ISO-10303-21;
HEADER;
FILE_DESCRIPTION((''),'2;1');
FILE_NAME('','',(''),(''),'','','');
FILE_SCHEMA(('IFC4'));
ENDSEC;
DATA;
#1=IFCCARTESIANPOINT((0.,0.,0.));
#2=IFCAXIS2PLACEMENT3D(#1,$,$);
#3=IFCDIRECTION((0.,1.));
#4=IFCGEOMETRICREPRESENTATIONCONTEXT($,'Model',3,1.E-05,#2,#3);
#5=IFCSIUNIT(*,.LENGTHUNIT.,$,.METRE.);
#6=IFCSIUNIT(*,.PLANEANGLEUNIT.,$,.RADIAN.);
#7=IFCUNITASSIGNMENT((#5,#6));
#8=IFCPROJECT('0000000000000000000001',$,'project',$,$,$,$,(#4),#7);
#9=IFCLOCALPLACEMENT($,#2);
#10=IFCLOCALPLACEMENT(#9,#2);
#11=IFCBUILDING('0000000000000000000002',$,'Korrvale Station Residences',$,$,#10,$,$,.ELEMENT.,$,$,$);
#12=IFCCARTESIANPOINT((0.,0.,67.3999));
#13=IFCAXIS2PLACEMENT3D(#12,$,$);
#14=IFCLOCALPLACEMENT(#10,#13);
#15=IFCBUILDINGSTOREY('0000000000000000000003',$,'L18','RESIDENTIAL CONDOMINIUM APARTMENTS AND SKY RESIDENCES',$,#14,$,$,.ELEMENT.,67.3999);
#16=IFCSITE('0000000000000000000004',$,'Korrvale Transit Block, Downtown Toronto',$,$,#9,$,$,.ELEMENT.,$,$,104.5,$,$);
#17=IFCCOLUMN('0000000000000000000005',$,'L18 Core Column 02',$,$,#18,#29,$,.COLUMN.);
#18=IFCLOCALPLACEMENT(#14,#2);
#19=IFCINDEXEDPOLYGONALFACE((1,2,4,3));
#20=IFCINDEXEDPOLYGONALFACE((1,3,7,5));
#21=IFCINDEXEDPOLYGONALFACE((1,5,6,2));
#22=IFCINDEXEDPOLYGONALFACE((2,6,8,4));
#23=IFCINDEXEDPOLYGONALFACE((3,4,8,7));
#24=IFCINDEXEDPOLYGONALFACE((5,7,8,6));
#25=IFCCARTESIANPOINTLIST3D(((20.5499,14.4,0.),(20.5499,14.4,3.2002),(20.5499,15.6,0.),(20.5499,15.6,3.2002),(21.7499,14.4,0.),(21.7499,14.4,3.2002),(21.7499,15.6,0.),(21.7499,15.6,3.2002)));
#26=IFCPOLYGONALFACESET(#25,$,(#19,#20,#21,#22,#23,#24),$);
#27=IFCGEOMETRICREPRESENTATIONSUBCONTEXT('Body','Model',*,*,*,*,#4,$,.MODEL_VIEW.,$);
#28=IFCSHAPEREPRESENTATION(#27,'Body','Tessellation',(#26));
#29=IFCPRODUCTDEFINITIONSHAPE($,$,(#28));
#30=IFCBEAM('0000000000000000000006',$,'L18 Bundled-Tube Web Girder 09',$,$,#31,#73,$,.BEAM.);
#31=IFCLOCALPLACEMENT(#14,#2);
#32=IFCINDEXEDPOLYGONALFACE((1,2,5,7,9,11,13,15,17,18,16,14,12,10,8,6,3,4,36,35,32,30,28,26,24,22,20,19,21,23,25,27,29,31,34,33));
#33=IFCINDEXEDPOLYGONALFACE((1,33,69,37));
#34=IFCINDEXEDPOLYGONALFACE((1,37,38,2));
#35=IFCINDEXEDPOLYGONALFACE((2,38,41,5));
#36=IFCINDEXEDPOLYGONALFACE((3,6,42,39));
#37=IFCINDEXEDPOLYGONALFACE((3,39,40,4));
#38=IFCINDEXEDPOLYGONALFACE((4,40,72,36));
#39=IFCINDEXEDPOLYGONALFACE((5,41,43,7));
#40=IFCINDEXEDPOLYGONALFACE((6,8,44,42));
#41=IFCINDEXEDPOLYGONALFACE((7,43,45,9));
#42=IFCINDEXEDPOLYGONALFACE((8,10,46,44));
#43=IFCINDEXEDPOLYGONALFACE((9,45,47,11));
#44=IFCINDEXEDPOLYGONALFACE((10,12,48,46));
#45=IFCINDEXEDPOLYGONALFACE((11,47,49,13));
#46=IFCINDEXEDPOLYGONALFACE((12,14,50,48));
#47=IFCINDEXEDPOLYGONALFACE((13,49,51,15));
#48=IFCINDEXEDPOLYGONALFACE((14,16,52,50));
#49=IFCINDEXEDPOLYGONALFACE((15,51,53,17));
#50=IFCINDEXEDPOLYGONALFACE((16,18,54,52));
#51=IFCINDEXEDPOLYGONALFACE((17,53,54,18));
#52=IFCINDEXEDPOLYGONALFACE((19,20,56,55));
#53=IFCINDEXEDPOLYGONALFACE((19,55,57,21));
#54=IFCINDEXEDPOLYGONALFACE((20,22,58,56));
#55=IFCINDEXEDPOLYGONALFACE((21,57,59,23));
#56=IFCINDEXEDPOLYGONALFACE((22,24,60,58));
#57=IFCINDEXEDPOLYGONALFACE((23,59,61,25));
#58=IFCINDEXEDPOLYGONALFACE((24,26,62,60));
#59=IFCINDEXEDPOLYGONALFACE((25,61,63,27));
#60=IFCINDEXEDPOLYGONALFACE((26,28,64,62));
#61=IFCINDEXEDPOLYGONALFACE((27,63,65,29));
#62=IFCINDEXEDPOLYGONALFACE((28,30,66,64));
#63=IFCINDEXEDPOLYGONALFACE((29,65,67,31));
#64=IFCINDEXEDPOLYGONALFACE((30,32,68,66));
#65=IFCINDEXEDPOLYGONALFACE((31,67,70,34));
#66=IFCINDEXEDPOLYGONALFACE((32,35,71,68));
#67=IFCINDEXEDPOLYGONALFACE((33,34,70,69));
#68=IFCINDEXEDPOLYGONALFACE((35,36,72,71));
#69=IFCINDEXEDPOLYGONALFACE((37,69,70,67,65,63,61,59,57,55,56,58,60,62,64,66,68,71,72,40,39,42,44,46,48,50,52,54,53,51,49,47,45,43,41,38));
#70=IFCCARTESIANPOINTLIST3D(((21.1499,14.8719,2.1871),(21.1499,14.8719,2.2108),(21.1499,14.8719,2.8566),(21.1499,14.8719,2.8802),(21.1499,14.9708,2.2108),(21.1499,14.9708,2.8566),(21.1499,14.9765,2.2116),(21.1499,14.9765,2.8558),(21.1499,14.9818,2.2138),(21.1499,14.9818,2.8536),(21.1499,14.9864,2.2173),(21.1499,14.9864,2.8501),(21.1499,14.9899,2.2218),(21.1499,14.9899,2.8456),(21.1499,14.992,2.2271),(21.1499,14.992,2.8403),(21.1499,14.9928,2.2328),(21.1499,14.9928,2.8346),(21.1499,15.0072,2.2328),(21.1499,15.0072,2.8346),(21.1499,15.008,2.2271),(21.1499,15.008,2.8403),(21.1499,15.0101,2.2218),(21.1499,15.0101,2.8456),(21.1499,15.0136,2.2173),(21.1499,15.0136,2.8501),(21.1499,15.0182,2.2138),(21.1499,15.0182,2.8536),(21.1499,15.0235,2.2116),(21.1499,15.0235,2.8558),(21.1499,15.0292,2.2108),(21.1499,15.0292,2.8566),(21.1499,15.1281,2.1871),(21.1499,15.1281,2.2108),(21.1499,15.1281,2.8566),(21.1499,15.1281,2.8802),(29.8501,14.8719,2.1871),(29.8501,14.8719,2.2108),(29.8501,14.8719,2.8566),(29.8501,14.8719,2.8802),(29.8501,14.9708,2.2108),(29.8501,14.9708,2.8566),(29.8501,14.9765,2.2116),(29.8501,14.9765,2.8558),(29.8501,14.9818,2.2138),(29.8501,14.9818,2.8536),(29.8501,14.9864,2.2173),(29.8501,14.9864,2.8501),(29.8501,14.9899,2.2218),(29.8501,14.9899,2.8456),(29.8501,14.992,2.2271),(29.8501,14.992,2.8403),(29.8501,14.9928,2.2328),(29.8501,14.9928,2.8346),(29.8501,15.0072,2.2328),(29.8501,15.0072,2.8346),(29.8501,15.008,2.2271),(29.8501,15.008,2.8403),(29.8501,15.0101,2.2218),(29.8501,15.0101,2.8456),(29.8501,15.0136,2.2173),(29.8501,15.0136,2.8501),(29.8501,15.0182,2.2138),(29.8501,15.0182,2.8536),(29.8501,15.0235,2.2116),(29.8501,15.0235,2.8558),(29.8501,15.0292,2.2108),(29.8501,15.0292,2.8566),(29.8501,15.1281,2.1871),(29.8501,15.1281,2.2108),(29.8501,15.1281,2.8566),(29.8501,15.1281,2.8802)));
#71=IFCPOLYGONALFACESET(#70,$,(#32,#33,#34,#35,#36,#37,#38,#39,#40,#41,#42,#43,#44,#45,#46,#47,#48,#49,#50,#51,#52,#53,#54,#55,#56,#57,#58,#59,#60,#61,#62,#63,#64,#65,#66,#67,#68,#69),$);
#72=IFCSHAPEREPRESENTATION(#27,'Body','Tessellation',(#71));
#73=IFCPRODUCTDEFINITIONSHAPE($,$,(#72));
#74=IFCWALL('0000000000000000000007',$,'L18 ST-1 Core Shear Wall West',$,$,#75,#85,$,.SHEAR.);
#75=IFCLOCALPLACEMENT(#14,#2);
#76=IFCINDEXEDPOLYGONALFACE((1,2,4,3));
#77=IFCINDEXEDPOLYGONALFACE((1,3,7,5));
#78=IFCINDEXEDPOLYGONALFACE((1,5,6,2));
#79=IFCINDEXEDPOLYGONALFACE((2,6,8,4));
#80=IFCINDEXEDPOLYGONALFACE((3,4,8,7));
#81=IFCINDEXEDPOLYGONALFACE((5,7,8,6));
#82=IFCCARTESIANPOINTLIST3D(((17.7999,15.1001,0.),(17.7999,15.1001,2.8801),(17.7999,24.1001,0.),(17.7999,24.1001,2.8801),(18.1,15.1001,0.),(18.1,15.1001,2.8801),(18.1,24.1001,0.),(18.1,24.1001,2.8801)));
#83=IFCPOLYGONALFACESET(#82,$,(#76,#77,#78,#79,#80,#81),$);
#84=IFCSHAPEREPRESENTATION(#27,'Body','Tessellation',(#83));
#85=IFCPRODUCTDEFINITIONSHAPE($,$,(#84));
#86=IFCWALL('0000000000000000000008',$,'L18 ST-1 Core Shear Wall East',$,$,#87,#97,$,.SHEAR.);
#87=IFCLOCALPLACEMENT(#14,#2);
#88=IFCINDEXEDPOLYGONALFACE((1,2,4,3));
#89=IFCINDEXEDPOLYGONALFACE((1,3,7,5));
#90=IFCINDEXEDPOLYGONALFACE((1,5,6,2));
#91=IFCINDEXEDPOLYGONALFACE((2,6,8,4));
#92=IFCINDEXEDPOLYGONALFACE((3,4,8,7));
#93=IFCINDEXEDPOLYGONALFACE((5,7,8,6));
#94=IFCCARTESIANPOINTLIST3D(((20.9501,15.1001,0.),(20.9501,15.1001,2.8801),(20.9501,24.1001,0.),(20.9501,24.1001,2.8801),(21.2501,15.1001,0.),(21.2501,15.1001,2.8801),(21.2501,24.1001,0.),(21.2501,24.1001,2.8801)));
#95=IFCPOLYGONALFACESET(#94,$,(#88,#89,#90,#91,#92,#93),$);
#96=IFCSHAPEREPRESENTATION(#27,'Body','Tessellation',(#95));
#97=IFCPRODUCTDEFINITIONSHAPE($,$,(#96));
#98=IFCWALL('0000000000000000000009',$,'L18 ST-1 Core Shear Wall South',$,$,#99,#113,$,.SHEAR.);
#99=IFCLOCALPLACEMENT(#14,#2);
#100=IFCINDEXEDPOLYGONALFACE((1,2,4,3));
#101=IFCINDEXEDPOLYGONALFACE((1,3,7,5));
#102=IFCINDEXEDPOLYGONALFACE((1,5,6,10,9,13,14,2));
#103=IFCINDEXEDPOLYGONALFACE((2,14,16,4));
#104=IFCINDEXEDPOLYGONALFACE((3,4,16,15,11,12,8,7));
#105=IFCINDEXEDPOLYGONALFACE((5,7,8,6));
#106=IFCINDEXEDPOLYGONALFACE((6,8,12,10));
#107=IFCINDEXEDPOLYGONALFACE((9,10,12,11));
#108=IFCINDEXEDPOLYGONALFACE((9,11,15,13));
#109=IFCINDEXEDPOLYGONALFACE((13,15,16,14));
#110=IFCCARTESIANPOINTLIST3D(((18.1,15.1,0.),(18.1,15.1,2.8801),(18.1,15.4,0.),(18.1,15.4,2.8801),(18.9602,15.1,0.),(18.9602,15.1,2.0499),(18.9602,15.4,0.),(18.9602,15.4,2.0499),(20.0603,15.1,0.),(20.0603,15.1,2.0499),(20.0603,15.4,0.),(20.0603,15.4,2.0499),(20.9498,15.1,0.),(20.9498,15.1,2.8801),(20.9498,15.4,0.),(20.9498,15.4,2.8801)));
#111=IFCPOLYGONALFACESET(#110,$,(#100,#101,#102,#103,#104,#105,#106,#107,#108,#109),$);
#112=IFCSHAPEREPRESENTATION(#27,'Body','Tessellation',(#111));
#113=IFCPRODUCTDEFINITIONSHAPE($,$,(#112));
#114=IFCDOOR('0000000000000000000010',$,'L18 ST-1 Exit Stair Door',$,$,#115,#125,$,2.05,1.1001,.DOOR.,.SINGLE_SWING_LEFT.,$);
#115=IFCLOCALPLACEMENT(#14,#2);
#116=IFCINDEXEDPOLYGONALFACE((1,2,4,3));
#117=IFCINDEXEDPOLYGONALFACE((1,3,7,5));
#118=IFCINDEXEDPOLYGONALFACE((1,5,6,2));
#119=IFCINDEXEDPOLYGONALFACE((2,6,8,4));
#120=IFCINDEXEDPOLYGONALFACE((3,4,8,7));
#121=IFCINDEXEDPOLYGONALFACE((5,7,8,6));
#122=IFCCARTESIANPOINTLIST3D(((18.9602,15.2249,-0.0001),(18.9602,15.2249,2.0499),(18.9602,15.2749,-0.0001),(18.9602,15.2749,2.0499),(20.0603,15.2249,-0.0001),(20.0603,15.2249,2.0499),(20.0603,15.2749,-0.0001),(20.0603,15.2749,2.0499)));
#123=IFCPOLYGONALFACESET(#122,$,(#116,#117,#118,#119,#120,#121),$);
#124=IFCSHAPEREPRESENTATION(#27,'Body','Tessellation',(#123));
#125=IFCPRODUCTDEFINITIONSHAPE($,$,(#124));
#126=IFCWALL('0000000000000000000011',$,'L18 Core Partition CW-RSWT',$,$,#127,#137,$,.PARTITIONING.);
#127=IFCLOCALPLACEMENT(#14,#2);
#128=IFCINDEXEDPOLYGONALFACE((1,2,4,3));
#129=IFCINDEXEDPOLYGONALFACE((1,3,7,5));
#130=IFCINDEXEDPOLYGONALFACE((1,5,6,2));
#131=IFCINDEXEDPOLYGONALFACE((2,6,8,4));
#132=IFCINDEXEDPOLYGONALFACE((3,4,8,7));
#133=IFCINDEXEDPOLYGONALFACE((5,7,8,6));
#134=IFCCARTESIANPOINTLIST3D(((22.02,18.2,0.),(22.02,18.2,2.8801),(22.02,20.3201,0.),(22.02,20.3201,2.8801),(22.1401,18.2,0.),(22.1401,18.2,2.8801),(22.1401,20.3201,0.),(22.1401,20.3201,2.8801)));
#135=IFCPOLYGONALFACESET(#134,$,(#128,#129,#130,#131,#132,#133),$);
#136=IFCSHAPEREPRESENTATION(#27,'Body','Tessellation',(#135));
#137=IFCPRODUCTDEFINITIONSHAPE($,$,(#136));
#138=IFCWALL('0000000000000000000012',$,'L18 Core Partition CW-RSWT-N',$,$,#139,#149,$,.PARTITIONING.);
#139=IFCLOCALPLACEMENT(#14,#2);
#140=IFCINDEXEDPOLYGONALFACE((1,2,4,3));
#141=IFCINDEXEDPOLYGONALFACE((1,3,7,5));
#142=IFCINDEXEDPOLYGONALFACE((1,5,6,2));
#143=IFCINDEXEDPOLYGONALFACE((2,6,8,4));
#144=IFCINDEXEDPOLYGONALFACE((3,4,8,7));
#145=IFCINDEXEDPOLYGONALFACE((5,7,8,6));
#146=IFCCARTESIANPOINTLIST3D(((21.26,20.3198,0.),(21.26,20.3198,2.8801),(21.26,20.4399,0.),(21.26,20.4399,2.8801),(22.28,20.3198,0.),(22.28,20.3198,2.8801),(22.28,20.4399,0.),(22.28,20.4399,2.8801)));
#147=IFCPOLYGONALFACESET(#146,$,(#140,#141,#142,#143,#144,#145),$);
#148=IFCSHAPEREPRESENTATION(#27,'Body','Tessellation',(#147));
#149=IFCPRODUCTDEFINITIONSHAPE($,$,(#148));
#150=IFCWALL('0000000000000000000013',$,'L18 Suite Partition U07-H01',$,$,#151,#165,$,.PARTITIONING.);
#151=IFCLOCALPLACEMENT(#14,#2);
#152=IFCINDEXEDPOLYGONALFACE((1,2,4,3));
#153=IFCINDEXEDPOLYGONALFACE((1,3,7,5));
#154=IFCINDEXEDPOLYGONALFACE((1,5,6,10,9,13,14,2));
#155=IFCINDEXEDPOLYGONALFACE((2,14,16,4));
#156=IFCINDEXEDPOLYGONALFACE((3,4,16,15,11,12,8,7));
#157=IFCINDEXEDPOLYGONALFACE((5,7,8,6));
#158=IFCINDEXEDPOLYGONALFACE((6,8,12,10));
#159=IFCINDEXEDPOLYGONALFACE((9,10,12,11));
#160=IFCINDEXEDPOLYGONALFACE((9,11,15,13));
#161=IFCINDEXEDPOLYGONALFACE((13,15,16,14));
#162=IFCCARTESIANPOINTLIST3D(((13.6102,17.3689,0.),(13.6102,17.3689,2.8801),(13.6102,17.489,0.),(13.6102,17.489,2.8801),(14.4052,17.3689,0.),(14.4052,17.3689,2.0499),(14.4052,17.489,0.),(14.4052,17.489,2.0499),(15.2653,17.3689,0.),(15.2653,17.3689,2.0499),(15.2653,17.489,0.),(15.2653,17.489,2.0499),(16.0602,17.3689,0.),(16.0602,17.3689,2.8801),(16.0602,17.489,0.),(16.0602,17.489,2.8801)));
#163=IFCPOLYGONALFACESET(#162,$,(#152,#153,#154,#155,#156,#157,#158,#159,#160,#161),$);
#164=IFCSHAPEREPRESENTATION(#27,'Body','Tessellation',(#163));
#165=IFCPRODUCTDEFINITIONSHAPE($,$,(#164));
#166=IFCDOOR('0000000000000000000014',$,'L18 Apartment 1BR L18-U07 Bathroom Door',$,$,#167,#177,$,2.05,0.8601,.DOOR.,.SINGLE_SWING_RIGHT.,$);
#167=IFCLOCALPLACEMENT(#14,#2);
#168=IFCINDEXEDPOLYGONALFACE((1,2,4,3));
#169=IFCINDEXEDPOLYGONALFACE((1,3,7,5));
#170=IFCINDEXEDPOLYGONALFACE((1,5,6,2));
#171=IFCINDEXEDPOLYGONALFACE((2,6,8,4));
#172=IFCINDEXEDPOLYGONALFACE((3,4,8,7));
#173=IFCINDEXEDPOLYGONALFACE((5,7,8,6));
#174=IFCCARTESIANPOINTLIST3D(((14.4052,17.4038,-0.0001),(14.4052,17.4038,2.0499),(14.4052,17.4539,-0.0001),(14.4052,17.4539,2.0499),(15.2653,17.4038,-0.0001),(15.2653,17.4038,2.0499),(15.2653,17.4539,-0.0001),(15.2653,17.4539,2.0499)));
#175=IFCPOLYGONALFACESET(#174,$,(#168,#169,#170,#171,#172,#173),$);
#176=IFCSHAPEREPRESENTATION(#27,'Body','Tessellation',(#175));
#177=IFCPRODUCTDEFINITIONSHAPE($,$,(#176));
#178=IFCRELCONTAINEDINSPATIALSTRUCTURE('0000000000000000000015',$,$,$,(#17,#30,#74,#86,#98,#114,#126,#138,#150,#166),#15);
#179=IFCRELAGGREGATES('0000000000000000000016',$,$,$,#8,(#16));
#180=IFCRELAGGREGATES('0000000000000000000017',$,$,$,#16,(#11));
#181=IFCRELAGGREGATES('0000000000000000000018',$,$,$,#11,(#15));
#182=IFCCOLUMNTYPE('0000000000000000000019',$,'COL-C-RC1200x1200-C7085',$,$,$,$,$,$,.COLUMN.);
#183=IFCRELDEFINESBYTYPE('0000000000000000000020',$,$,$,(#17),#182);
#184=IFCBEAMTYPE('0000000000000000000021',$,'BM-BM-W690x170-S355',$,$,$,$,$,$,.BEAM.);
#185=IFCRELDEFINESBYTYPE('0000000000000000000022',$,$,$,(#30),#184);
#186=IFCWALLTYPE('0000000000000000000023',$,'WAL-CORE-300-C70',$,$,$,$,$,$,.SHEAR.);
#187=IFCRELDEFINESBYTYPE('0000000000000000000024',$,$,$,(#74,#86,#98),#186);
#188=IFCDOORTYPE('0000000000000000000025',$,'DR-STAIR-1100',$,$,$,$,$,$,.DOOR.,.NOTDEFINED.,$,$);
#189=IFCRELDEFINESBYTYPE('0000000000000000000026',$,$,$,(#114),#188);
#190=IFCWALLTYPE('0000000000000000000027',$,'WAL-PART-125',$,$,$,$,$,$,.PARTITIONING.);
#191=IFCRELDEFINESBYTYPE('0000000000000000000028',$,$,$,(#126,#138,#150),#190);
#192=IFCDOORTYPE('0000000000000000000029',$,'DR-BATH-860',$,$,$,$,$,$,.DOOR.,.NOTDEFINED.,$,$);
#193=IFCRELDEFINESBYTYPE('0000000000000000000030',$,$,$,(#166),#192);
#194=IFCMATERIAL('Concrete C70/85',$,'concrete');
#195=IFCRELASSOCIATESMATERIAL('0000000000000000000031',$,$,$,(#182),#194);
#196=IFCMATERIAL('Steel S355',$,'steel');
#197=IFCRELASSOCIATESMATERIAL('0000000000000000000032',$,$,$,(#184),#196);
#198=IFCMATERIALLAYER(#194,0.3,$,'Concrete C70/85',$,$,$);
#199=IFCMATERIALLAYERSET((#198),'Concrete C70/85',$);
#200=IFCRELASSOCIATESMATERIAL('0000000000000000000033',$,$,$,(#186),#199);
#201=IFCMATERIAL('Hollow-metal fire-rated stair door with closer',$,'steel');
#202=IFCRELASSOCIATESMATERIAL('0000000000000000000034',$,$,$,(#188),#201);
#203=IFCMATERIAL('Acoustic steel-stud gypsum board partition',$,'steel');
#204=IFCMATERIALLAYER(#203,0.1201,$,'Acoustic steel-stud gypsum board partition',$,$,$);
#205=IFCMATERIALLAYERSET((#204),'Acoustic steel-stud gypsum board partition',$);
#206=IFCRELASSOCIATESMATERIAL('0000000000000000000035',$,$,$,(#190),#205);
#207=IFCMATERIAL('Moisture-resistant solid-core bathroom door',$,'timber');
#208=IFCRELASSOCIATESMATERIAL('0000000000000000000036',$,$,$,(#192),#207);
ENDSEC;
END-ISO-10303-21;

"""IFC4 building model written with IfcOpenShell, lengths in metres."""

from ifc_helpers import new_model, si_unit, direction, frame, frame_2d, origin, origin_2d, place, context, subcontext, project, spatial, rectangle, i_section, extrude, material, layer, layer_set, material_profile, profile_set, type_object, element, fill, save


model = new_model("IFC4")

# Units and contexts
model_context = context("Model", 3, precision=1e-05, world=origin(), true_north=direction((0.0, 1.0)))
body_context = subcontext(model_context, "Body", "Model", "MODEL_VIEW")
ifc_project = project(units=[si_unit("LENGTHUNIT", "METRE"), si_unit("PLANEANGLEUNIT", "RADIAN")], contexts=[model_context])

# Site, building, storey
site_placement = place(None, origin())
site = spatial("IfcSite", under=ifc_project, at=site_placement, Name="Korrvale Transit Block, Downtown Toronto", CompositionType="ELEMENT", RefElevation=104.5)
building_placement = place(site_placement, origin())
building = spatial("IfcBuilding", under=site, at=building_placement, Name="Korrvale Station Residences", CompositionType="ELEMENT")
storey_placement = place(building_placement, frame((0.0, 0.0, 67.3999)))
storey = spatial("IfcBuildingStorey", under=building, at=storey_placement, Name="L18", Description="RESIDENTIAL CONDOMINIUM APARTMENTS AND SKY RESIDENCES", CompositionType="ELEMENT", Elevation=67.3999)

# Column
ifc_material_1 = material(Name="Concrete C70/85", Category="concrete")
ifc_material_profile_1 = material_profile(ifc_material_1, rectangle(XDim=1.2, YDim=1.2, at=origin_2d()), Name="RC1200x1200")
ifc_profile_set_1 = profile_set([ifc_material_profile_1], Name="Concrete C70/85")
column_type = type_object("IfcColumnType", Name="COL-C-RC1200x1200-C7085", PredefinedType="COLUMN", material=ifc_profile_set_1)
column_placement = place(storey_placement, frame((21.1499, 15.0, 0.0), z_axis=(0.0, 0.0, 1.0), x_axis=(1.0, 0.0, 0.0)))
element("IfcColumn", 1, at=column_placement, inside=storey, type_object=column_type, Name="L18 Core Column 02", PredefinedType="COLUMN", context=body_context, shape_type="SweptSolid", body=[
    extrude(rectangle(XDim=1.2, YDim=1.2, at=origin_2d()), origin(), (0.0, 0.0, 1.0), 3.2002),
])

# Beam
ifc_material_2 = material(Name="Steel S355", Category="steel")
ifc_material_profile_2 = material_profile(ifc_material_2, i_section(OverallWidth=0.2561, OverallDepth=0.6931, WebThickness=0.0144, FlangeThickness=0.0237, FilletRadius=0.022, at=origin_2d()), Name="W690x170")
ifc_profile_set_2 = profile_set([ifc_material_profile_2], Name="Steel S355")
beam_type = type_object("IfcBeamType", Name="BM-BM-W690x170-S355", PredefinedType="BEAM", material=ifc_profile_set_2)
beam_placement = place(storey_placement, frame((21.1499, 15.0, 2.5337), z_axis=(1.0, 0.0, 0.0), x_axis=(0.0, 1.0, 0.0)))
element("IfcBeam", 2, at=beam_placement, inside=storey, type_object=beam_type, Name="L18 Bundled-Tube Web Girder 09", PredefinedType="BEAM", context=body_context, shape_type="SweptSolid", body=[
    extrude(i_section(OverallWidth=0.2561, OverallDepth=0.6931, WebThickness=0.0144, FlangeThickness=0.0237, FilletRadius=0.022, at=origin_2d()), origin(), (0.0, 0.0, 1.0), 8.7002),
])

# Walls
ifc_layer_1 = layer(ifc_material_1, 0.3, Name="Concrete C70/85")
ifc_layer_set_1 = layer_set([ifc_layer_1], Name="Concrete C70/85")
wall_type_1 = type_object("IfcWallType", Name="WAL-CORE-300-C70", PredefinedType="SHEAR", material=ifc_layer_set_1)
for number, where, z_axis, x_axis, name in (
    (3, (17.95, 15.1001, 0.0), (0.0, 0.0, 1.0), (0.0, 1.0, 0.0), "L18 ST-1 Core Shear Wall West"),
    (4, (21.1001, 15.1001, 0.0), (0.0, 0.0, 1.0), (0.0, 1.0, 0.0), "L18 ST-1 Core Shear Wall East"),
):
    element("IfcWall", number, at=place(storey_placement, frame(where, z_axis=z_axis, x_axis=x_axis)), inside=storey, type_object=wall_type_1, Name=name, PredefinedType="SHEAR", context=body_context, shape_type="SweptSolid", body=[
        extrude(rectangle(XDim=9.0, YDim=0.3, at=frame_2d((4.5, 0.0))), origin(), (0.0, 0.0, 1.0), 2.8801),
    ])

# Wall, opening, door
wall_1_placement = place(storey_placement, frame((18.1001, 15.25, 0.0), z_axis=(0.0, 0.0, 1.0), x_axis=(1.0, 0.0, 0.0)))
wall_1 = element("IfcWall", 5, at=wall_1_placement, inside=storey, type_object=wall_type_1, Name="L18 ST-1 Core Shear Wall South", PredefinedType="SHEAR", context=body_context, shape_type="SweptSolid", body=[
    extrude(rectangle(XDim=2.8499, YDim=0.3, at=frame_2d((1.4248, 0.0))), origin(), (0.0, 0.0, 1.0), 2.8801),
])
opening_1_placement = place(wall_1_placement, frame((0.8601, 0.0, 0.0)))
opening_1 = element("IfcOpeningElement", 6, at=opening_1_placement, cuts=wall_1, PredefinedType="OPENING", context=body_context, shape_type="SweptSolid", body=[
    extrude(rectangle(XDim=1.1001, YDim=2.05, at=frame_2d((0.55, 1.0249))), frame((0.0, 0.1602, 0.0), z_axis=(0.0, -1.0, 0.0), x_axis=(1.0, 0.0, 0.0)), (0.0, 0.0, 1.0), 0.3201),
])
ifc_material_3 = material(Name="Hollow-metal fire-rated stair door with closer", Category="steel")
door_type_1 = type_object("IfcDoorType", Name="DR-STAIR-1100", OperationType="NOTDEFINED", PredefinedType="DOOR", material=ifc_material_3)
door_1_placement = place(opening_1_placement, origin())
door_1 = element("IfcDoor", 7, at=door_1_placement, inside=storey, type_object=door_type_1, Name="L18 ST-1 Exit Stair Door", OperationType="SINGLE_SWING_LEFT", OverallHeight=2.05, OverallWidth=1.1001, PredefinedType="DOOR", context=body_context, shape_type="SweptSolid", body=[
    extrude(rectangle(XDim=1.1001, YDim=2.05, at=frame_2d((0.55, 1.0249))), frame((0.0, 0.0249, 0.0), z_axis=(0.0, -1.0, 0.0), x_axis=(1.0, 0.0, 0.0)), (0.0, 0.0, 1.0), 0.05),
])
fill(opening_1, door_1)

# Walls
ifc_material_4 = material(Name="Acoustic steel-stud gypsum board partition", Category="steel")
ifc_layer_2 = layer(ifc_material_4, 0.1201, Name="Acoustic steel-stud gypsum board partition")
ifc_layer_set_2 = layer_set([ifc_layer_2], Name="Acoustic steel-stud gypsum board partition")
wall_type_2 = type_object("IfcWallType", Name="WAL-PART-125", PredefinedType="PARTITIONING", material=ifc_layer_set_2)
wall_2_placement = place(storey_placement, frame((22.0801, 18.2, 0.0), z_axis=(0.0, 0.0, 1.0), x_axis=(0.0, 1.0, 0.0)))
element("IfcWall", 8, at=wall_2_placement, inside=storey, type_object=wall_type_2, Name="L18 Core Partition CW-RSWT", PredefinedType="PARTITIONING", context=body_context, shape_type="SweptSolid", body=[
    extrude(rectangle(XDim=2.1201, YDim=0.1201, at=frame_2d((1.0601, 0.0))), origin(), (0.0, 0.0, 1.0), 2.8801),
])
wall_3_placement = place(storey_placement, frame((22.28, 20.3799, 0.0), z_axis=(0.0, 0.0, 1.0), x_axis=(-1.0, 0.0, 0.0)))
element("IfcWall", 9, at=wall_3_placement, inside=storey, type_object=wall_type_2, Name="L18 Core Partition CW-RSWT-N", PredefinedType="PARTITIONING", context=body_context, shape_type="SweptSolid", body=[
    extrude(rectangle(XDim=1.02, YDim=0.1201, at=frame_2d((0.51, 0.0))), origin(), (0.0, 0.0, 1.0), 2.8801),
])

# Wall, opening, door
wall_4_placement = place(storey_placement, frame((13.6101, 17.429, 0.0), z_axis=(0.0, 0.0, 1.0), x_axis=(1.0, 0.0, 0.0)))
wall_4 = element("IfcWall", 10, at=wall_4_placement, inside=storey, type_object=wall_type_2, Name="L18 Suite Partition U07-H01", PredefinedType="PARTITIONING", context=body_context, shape_type="SweptSolid", body=[
    extrude(rectangle(XDim=2.45, YDim=0.1201, at=frame_2d((1.2251, 0.0))), origin(), (0.0, 0.0, 1.0), 2.8801),
])
opening_2_placement = place(wall_4_placement, frame((0.7949, 0.0, 0.0)))
opening_2 = element("IfcOpeningElement", 11, at=opening_2_placement, cuts=wall_4, PredefinedType="OPENING", context=body_context, shape_type="SweptSolid", body=[
    extrude(rectangle(XDim=0.8601, YDim=2.05, at=frame_2d((0.4302, 1.0249))), frame((0.0, 0.0701, 0.0), z_axis=(0.0, -1.0, 0.0), x_axis=(1.0, 0.0, 0.0)), (0.0, 0.0, 1.0), 0.1401),
])
ifc_material_5 = material(Name="Moisture-resistant solid-core bathroom door", Category="timber")
door_type_2 = type_object("IfcDoorType", Name="DR-BATH-860", OperationType="NOTDEFINED", PredefinedType="DOOR", material=ifc_material_5)
door_2_placement = place(opening_2_placement, origin())
door_2 = element("IfcDoor", 12, at=door_2_placement, inside=storey, type_object=door_type_2, Name="L18 Apartment 1BR L18-U07 Bathroom Door", OperationType="SINGLE_SWING_RIGHT", OverallHeight=2.05, OverallWidth=0.8601, PredefinedType="DOOR", context=body_context, shape_type="SweptSolid", body=[
    extrude(rectangle(XDim=0.8601, YDim=2.05, at=frame_2d((0.4302, 1.0249))), frame((0.0, 0.0249, 0.0), z_axis=(0.0, -1.0, 0.0), x_axis=(1.0, 0.0, 0.0)), (0.0, 0.0, 1.0), 0.05),
])
fill(opening_2, door_2)

save(model, "model.ifc")
